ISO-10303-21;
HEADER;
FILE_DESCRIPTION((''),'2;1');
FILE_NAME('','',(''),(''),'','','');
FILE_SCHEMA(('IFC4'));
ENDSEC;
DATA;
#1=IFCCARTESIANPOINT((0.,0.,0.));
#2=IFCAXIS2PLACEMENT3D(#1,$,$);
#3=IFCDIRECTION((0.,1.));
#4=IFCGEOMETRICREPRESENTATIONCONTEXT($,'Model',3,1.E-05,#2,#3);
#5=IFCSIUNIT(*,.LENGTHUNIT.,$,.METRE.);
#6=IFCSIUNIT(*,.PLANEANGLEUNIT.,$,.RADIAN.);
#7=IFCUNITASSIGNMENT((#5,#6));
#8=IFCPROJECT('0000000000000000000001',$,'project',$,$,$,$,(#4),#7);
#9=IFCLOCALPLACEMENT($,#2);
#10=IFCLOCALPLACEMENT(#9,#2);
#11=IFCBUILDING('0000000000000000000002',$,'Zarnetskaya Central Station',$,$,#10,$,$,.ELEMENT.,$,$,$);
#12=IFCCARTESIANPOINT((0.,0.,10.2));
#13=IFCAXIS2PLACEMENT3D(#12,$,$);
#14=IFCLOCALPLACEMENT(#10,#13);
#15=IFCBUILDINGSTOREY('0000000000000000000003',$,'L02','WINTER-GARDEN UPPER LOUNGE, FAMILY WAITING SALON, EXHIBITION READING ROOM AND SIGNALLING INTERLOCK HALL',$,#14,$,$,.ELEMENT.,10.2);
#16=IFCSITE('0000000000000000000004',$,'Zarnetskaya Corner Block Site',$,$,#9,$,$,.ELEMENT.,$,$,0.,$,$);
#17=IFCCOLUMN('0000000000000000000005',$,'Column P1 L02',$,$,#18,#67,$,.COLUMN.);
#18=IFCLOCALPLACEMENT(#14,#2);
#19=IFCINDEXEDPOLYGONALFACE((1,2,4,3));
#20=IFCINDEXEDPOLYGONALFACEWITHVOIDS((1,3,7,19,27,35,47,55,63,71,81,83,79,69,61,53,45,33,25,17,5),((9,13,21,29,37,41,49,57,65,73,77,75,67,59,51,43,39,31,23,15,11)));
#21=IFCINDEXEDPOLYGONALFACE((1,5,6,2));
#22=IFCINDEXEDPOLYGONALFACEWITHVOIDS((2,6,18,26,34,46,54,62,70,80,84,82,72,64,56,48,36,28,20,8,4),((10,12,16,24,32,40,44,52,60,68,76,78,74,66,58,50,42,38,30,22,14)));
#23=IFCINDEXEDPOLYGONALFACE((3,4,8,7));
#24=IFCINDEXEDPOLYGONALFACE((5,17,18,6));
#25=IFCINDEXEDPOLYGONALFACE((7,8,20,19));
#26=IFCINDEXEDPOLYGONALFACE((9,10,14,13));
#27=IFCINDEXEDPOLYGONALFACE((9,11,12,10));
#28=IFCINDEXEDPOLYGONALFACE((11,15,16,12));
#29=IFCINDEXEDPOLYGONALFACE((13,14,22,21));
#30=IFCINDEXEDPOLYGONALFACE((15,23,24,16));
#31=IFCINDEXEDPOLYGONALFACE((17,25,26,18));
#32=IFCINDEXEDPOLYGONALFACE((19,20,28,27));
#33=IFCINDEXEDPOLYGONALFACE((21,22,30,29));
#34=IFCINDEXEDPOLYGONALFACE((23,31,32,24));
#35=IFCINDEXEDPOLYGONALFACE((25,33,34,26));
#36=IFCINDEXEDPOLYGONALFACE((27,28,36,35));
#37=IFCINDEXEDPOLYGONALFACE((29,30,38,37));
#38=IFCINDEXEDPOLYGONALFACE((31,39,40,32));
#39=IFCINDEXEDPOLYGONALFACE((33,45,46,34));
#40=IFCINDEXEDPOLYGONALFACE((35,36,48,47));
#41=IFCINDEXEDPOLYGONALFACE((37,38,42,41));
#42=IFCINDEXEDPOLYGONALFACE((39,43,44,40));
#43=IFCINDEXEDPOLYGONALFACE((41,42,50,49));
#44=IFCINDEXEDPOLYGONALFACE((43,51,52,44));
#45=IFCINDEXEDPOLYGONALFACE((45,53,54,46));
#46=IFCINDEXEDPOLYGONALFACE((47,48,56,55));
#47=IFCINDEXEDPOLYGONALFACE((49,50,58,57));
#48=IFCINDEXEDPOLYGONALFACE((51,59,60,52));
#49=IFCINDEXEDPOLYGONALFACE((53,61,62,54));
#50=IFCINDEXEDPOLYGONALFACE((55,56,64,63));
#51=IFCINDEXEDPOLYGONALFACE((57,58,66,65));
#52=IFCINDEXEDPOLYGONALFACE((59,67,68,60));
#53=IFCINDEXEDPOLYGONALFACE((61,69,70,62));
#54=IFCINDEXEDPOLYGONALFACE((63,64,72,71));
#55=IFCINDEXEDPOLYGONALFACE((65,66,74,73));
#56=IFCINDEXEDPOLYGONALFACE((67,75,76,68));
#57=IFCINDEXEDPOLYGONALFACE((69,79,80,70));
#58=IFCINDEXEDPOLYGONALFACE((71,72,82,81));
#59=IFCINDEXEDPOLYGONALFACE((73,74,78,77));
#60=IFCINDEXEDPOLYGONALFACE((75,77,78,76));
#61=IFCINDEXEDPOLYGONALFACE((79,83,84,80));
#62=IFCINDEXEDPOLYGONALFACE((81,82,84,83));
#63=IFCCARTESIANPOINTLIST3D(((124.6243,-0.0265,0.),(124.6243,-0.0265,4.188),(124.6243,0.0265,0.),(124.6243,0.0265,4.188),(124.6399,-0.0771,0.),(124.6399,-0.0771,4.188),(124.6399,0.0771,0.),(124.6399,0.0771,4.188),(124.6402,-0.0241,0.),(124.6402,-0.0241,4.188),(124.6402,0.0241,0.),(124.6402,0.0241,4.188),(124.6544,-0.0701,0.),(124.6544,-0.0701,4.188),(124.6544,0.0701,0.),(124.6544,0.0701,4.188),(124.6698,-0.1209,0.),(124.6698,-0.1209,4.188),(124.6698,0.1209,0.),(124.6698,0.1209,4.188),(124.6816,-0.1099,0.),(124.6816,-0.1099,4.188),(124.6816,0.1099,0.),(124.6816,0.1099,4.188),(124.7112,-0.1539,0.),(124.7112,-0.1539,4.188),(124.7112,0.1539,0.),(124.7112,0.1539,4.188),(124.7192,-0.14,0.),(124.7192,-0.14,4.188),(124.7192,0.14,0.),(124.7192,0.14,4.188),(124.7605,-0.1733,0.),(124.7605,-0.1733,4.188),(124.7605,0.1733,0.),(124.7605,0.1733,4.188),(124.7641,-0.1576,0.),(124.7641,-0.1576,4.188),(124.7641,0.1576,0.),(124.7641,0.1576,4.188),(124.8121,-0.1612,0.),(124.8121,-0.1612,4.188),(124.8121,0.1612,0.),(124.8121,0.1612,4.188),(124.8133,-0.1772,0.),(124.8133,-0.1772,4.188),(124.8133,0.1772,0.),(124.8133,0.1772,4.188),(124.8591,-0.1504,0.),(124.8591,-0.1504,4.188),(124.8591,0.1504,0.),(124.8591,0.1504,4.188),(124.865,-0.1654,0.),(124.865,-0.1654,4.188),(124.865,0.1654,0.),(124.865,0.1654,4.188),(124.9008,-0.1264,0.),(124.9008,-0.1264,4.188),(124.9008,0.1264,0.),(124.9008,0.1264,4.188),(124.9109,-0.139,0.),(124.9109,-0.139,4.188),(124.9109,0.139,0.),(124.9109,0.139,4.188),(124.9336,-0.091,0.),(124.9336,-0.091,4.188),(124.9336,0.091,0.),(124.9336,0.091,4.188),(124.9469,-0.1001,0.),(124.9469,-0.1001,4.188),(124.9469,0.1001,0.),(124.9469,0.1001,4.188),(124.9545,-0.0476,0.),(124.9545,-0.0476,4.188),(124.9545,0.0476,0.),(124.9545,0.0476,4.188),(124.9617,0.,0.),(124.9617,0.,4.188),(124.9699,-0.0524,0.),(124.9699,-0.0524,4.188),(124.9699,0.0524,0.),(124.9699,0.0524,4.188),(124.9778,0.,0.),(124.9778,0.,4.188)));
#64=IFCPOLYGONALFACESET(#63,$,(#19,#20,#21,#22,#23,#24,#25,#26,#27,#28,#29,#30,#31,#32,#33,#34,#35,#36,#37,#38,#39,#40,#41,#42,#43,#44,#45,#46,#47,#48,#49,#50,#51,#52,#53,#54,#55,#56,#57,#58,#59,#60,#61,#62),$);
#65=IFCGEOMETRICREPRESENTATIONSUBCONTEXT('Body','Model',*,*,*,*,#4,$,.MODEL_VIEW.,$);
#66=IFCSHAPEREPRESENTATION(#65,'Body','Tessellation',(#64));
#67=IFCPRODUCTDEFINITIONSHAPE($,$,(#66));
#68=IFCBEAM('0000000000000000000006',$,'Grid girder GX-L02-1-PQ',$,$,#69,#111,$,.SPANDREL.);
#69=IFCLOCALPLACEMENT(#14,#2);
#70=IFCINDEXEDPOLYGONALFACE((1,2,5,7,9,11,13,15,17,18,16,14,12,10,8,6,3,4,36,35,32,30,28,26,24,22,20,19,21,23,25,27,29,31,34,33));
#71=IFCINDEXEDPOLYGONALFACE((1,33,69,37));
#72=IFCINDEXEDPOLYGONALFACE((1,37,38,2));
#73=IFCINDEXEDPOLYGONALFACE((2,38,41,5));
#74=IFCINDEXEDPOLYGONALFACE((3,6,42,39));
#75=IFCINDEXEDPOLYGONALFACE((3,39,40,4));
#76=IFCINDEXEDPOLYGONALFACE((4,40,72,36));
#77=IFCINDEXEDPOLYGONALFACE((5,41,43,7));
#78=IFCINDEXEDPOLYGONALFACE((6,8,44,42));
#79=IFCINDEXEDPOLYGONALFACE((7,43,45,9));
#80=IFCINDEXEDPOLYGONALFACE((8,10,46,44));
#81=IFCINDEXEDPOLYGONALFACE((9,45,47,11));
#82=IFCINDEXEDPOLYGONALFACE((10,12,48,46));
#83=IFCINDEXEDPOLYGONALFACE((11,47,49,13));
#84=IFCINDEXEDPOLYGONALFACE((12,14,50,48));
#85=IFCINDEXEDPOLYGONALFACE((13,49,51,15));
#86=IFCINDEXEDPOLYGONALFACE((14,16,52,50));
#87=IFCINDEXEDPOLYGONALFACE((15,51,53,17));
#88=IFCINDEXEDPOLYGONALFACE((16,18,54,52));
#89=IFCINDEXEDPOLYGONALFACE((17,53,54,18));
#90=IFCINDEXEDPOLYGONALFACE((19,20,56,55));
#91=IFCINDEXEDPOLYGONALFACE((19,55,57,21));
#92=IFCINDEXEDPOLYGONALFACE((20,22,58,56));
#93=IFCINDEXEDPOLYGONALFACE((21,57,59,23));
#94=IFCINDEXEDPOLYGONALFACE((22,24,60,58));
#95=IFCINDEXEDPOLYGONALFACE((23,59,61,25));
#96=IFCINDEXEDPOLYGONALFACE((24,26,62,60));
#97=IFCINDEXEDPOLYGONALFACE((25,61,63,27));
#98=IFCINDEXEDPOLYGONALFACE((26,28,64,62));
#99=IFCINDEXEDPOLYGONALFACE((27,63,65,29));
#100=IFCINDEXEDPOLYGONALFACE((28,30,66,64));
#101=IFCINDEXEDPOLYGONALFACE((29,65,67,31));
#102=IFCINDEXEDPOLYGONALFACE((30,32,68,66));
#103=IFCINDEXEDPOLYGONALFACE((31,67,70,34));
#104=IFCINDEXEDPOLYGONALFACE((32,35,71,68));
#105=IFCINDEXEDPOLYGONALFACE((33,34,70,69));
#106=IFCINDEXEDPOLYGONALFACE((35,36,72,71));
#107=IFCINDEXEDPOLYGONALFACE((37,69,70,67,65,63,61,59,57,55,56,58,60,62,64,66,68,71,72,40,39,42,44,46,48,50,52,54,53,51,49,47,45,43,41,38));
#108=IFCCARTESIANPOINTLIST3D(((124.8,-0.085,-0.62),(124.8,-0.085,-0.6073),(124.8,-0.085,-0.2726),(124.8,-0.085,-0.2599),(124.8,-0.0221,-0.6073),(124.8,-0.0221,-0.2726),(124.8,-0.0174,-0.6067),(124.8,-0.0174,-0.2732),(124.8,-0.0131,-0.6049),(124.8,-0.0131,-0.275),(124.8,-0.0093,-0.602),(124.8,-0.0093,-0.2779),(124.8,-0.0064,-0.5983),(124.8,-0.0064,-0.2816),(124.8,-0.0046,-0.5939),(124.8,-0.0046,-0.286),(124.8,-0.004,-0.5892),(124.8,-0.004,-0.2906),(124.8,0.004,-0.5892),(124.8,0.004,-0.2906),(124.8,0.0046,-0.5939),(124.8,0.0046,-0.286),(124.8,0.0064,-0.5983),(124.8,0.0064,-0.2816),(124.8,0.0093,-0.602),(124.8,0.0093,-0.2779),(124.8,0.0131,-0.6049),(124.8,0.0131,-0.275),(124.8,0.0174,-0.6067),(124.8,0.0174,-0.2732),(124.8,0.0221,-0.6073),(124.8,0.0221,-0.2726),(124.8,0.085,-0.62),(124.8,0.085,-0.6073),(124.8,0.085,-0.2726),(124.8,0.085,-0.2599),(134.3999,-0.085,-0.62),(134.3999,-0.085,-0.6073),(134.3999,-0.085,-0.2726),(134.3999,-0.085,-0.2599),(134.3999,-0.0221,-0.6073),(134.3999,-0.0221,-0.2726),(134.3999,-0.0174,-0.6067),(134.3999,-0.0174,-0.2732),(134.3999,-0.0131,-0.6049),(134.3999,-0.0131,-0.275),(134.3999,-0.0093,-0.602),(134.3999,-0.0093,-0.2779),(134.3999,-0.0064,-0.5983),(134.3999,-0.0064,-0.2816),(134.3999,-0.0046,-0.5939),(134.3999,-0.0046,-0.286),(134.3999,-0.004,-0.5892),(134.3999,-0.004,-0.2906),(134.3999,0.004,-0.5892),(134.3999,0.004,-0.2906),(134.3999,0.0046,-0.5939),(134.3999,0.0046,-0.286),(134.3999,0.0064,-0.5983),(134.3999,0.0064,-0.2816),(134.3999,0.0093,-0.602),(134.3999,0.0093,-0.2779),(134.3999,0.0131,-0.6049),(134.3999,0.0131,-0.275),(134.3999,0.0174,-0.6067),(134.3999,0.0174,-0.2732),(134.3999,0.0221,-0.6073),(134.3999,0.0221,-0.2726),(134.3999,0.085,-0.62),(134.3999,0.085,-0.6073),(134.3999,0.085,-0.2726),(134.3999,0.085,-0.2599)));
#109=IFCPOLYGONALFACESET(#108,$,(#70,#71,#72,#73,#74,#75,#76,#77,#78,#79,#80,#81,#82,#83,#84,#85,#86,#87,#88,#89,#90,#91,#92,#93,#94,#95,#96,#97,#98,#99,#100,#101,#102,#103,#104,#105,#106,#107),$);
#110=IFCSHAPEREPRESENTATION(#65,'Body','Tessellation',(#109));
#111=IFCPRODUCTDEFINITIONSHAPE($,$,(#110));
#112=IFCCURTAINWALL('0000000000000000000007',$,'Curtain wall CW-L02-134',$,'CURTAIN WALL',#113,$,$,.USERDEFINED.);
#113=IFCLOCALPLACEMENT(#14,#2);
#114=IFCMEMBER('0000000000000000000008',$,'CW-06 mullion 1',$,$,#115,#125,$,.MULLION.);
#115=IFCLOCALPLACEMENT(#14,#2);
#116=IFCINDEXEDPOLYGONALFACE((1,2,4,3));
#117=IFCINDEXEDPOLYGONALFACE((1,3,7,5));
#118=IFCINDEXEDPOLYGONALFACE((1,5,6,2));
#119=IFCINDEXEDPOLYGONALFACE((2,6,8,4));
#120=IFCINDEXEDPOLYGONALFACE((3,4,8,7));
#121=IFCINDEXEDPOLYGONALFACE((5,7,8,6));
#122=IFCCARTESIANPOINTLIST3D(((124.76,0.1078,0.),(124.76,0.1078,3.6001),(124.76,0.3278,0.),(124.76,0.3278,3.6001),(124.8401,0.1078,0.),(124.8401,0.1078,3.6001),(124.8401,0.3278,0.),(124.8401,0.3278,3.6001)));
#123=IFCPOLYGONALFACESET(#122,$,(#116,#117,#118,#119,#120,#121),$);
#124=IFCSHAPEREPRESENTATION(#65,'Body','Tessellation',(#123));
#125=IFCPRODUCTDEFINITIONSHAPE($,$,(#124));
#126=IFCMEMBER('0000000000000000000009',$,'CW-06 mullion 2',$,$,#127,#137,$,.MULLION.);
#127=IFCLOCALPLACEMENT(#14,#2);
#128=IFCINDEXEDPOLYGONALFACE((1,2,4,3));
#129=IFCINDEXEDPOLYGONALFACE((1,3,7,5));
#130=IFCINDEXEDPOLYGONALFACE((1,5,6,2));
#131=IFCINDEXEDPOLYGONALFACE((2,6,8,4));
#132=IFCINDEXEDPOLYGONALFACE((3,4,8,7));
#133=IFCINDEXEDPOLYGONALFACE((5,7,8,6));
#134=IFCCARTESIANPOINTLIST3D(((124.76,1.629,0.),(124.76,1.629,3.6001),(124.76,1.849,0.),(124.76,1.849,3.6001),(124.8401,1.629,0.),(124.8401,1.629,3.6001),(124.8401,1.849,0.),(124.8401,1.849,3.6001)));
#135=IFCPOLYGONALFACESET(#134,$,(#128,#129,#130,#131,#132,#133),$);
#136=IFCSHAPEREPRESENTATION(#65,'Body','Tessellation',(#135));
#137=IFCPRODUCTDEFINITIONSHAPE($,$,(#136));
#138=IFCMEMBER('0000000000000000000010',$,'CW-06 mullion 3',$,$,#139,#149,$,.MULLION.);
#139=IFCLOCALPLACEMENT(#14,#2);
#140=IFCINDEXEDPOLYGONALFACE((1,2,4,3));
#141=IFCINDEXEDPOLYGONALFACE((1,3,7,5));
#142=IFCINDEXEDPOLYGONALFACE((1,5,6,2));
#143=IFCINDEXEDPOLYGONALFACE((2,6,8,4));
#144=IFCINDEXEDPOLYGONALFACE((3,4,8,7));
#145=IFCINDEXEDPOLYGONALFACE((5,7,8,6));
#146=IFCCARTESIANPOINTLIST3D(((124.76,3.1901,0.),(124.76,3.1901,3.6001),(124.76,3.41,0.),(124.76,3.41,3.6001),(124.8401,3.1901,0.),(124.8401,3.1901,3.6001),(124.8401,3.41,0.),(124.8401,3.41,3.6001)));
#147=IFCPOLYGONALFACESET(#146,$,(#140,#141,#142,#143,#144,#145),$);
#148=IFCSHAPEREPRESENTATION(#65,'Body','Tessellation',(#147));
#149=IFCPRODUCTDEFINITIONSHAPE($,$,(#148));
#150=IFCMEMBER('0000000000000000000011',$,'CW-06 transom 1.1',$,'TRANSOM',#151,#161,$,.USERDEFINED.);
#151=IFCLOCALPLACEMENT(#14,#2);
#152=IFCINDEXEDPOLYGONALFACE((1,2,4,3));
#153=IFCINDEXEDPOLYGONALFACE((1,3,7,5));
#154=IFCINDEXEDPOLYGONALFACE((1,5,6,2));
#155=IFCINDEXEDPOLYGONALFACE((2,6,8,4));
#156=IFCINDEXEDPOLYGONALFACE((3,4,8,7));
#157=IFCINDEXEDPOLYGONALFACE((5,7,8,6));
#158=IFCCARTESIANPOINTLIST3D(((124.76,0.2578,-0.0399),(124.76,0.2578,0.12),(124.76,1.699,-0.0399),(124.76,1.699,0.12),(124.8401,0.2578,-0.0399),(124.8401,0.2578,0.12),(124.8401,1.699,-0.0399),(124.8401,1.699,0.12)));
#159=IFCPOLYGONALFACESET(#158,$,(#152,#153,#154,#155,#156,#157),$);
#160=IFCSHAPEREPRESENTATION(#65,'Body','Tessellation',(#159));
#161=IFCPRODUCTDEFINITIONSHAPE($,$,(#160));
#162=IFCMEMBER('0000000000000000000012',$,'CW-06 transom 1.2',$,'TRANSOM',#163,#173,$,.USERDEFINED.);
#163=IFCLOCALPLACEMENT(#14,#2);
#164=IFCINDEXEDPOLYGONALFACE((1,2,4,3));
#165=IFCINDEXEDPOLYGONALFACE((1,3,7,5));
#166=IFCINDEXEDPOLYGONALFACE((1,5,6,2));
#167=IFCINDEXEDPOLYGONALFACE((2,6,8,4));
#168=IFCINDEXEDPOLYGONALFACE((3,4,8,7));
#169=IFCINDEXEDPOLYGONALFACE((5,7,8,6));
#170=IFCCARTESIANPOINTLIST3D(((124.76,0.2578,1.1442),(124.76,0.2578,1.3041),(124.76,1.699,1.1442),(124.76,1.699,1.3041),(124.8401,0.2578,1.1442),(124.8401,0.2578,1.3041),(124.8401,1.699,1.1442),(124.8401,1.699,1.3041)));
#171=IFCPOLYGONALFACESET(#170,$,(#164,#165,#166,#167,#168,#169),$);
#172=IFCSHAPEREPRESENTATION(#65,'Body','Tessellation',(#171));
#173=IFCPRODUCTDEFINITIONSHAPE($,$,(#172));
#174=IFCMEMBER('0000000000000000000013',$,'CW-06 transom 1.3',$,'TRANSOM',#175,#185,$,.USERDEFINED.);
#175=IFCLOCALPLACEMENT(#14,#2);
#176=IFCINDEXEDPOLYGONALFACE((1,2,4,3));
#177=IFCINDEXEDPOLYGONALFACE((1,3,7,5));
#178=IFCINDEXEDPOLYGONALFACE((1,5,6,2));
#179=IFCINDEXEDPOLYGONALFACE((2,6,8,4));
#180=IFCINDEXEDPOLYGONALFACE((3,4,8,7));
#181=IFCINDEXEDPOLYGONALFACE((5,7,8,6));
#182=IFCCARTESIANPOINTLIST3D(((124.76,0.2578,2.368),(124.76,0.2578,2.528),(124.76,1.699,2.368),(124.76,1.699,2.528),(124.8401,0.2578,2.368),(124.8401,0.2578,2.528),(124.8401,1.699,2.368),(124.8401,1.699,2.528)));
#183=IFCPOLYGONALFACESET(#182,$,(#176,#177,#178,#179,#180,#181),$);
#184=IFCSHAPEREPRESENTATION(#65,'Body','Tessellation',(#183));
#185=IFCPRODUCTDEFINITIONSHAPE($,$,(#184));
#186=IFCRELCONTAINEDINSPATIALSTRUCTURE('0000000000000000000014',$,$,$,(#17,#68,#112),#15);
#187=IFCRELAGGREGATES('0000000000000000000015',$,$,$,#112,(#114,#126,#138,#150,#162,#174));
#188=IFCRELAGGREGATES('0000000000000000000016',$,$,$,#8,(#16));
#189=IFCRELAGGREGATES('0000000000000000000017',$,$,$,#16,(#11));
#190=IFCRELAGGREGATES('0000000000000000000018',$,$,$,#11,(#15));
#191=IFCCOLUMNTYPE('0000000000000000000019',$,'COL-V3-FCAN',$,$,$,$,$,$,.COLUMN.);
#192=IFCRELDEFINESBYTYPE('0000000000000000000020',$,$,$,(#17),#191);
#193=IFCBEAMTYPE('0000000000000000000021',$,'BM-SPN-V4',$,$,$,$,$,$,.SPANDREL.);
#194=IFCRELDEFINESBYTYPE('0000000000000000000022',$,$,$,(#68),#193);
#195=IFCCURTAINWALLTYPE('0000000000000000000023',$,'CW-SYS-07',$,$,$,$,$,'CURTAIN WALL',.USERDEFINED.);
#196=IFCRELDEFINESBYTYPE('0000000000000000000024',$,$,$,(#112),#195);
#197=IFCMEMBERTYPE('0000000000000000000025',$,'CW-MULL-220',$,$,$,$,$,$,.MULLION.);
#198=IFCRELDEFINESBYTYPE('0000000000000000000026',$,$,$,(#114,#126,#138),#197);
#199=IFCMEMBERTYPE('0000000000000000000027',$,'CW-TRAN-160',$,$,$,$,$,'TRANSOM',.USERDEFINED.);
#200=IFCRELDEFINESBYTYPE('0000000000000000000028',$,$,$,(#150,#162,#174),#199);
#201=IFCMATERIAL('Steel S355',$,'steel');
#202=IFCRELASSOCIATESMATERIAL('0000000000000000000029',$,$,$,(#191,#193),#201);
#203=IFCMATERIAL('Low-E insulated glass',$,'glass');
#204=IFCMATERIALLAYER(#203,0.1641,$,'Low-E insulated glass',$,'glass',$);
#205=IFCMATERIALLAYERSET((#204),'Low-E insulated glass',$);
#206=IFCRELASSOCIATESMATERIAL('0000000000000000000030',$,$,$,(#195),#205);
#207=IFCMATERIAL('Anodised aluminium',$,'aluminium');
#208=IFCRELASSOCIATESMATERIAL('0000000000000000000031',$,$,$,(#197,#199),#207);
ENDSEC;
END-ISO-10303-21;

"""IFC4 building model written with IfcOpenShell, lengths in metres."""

from ifc_helpers import new_model, si_unit, direction, frame, origin, origin_2d, place, context, subcontext, project, spatial, rectangle, hollow_circle, i_section, extrude, material, layer, layer_set, material_profile, profile_set, type_object, element, aggregate, save


model = new_model("IFC4")

# Units and contexts
model_context = context("Model", 3, precision=1e-05, world=origin(), true_north=direction((0.0, 1.0)))
body_context = subcontext(model_context, "Body", "Model", "MODEL_VIEW")
ifc_project = project(units=[si_unit("LENGTHUNIT", "METRE"), si_unit("PLANEANGLEUNIT", "RADIAN")], contexts=[model_context])

# Site, building, storey
site_placement = place(None, origin())
site = spatial("IfcSite", under=ifc_project, at=site_placement, Name="Zarnetskaya Corner Block Site", CompositionType="ELEMENT", RefElevation=0.0)
building_placement = place(site_placement, origin())
building = spatial("IfcBuilding", under=site, at=building_placement, Name="Zarnetskaya Central Station", CompositionType="ELEMENT")
storey_placement = place(building_placement, frame((0.0, 0.0, 10.2)))
storey = spatial("IfcBuildingStorey", under=building, at=storey_placement, Name="L02", Description="WINTER-GARDEN UPPER LOUNGE, FAMILY WAITING SALON, EXHIBITION READING ROOM AND SIGNALLING INTERLOCK HALL", CompositionType="ELEMENT", Elevation=10.2)

# Column
ifc_material_1 = material(Name="Steel S355", Category="steel")
ifc_material_profile_1 = material_profile(ifc_material_1, hollow_circle(Radius=0.1777, WallThickness=0.0161, at=origin_2d()), Name="CHS 355.6x16")
ifc_profile_set_1 = profile_set([ifc_material_profile_1], Name="Steel S355")
column_type = type_object("IfcColumnType", Name="COL-V3-FCAN", PredefinedType="COLUMN", material=ifc_profile_set_1)
column_placement = place(storey_placement, frame((124.8, 0.0, 0.0), z_axis=(0.0, 0.0, 1.0), x_axis=(1.0, 0.0, 0.0)))
element("IfcColumn", 1, at=column_placement, inside=storey, type_object=column_type, Name="Column P1 L02", PredefinedType="COLUMN", context=body_context, shape_type="SweptSolid", body=[
    extrude(hollow_circle(Radius=0.1777, WallThickness=0.0161, at=origin_2d()), origin(), (0.0, 0.0, 1.0), 4.188),
])

# Beam
ifc_material_profile_2 = material_profile(ifc_material_1, i_section(OverallWidth=0.1699, OverallDepth=0.3601, WebThickness=0.0081, FlangeThickness=0.0127, FilletRadius=0.0181, at=origin_2d()), Name="IPE 360")
ifc_profile_set_2 = profile_set([ifc_material_profile_2], Name="Steel S355")
beam_type_1 = type_object("IfcBeamType", Name="BM-SPN-V4", PredefinedType="SPANDREL", material=ifc_profile_set_2)
beam_1_placement = place(storey_placement, frame((124.8, 0.0, -0.4399), z_axis=(1.0, 0.0, 0.0), x_axis=(0.0, 1.0, 0.0)))
element("IfcBeam", 2, at=beam_1_placement, inside=storey, type_object=beam_type_1, Name="Grid girder GX-L02-1-PQ", PredefinedType="SPANDREL", context=body_context, shape_type="SweptSolid", body=[
    extrude(i_section(OverallWidth=0.1699, OverallDepth=0.3601, WebThickness=0.0081, FlangeThickness=0.0127, FilletRadius=0.0181, at=origin_2d()), origin(), (0.0, 0.0, 1.0), 9.5999),
])

# Curtain wall, members
ifc_material_2 = material(Name="Low-E insulated glass", Category="glass")
ifc_layer_1 = layer(ifc_material_2, 0.1641, Name="Low-E insulated glass", Category="glass")
ifc_layer_set_1 = layer_set([ifc_layer_1], Name="Low-E insulated glass")
curtain_wall_type = type_object("IfcCurtainWallType", Name="CW-SYS-07", ElementType="CURTAIN WALL", PredefinedType="USERDEFINED", material=ifc_layer_set_1)
curtain_wall_placement = place(storey_placement, origin())
curtain_wall = element("IfcCurtainWall", 3, at=curtain_wall_placement, inside=storey, type_object=curtain_wall_type, Name="Curtain wall CW-L02-134", ObjectType="CURTAIN WALL", PredefinedType="USERDEFINED")
ifc_material_3 = material(Name="Anodised aluminium", Category="aluminium")
ifc_material_profile_3 = material_profile(ifc_material_3, rectangle(XDim=0.0801, YDim=0.22, at=origin_2d()), Name="ALU MULL 80x220")
ifc_profile_set_3 = profile_set([ifc_material_profile_3], Name="Anodised aluminium")
member_type_1 = type_object("IfcMemberType", Name="CW-MULL-220", PredefinedType="MULLION", material=ifc_profile_set_3)
member_1_placement = place(storey_placement, frame((124.8, 0.2178, 0.0), z_axis=(0.0, 0.0, 1.0), x_axis=(-1.0, 0.0, 0.0)))
member_1 = element("IfcMember", 4, at=member_1_placement, type_object=member_type_1, Name="CW-06 mullion 1", PredefinedType="MULLION", context=body_context, shape_type="SweptSolid", body=[
    extrude(rectangle(XDim=0.0801, YDim=0.22, at=origin_2d()), origin(), (0.0, 0.0, 1.0), 3.6001),
])
member_2_placement = place(storey_placement, frame((124.8, 1.739, 0.0), z_axis=(0.0, 0.0, 1.0), x_axis=(-1.0, 0.0, 0.0)))
member_2 = element("IfcMember", 5, at=member_2_placement, type_object=member_type_1, Name="CW-06 mullion 2", PredefinedType="MULLION", context=body_context, shape_type="SweptSolid", body=[
    extrude(rectangle(XDim=0.0801, YDim=0.22, at=origin_2d()), origin(), (0.0, 0.0, 1.0), 3.6001),
])
member_3_placement = place(storey_placement, frame((124.8, 3.3, 0.0), z_axis=(0.0, 0.0, 1.0), x_axis=(-1.0, 0.0, 0.0)))
member_3 = element("IfcMember", 6, at=member_3_placement, type_object=member_type_1, Name="CW-06 mullion 3", PredefinedType="MULLION", context=body_context, shape_type="SweptSolid", body=[
    extrude(rectangle(XDim=0.0801, YDim=0.22, at=origin_2d()), origin(), (0.0, 0.0, 1.0), 3.6001),
])
ifc_material_profile_4 = material_profile(ifc_material_3, rectangle(XDim=0.0801, YDim=0.1599, at=origin_2d()), Name="ALU TRAN 80x160")
ifc_profile_set_4 = profile_set([ifc_material_profile_4], Name="Anodised aluminium")
member_type_2 = type_object("IfcMemberType", Name="CW-TRAN-160", ElementType="TRANSOM", PredefinedType="USERDEFINED", material=ifc_profile_set_4)
member_4_placement = place(storey_placement, frame((124.8, 0.2578, 0.04), z_axis=(0.0, 1.0, 0.0), x_axis=(-1.0, 0.0, 0.0)))
member_4 = element("IfcMember", 7, at=member_4_placement, type_object=member_type_2, Name="CW-06 transom 1.1", ObjectType="TRANSOM", PredefinedType="USERDEFINED", context=body_context, shape_type="SweptSolid", body=[
    extrude(rectangle(XDim=0.0801, YDim=0.1599, at=origin_2d()), origin(), (0.0, 0.0, 1.0), 1.4412),
])
member_5_placement = place(storey_placement, frame((124.8, 0.2578, 1.2241), z_axis=(0.0, 1.0, 0.0), x_axis=(-1.0, 0.0, 0.0)))
member_5 = element("IfcMember", 8, at=member_5_placement, type_object=member_type_2, Name="CW-06 transom 1.2", ObjectType="TRANSOM", PredefinedType="USERDEFINED", context=body_context, shape_type="SweptSolid", body=[
    extrude(rectangle(XDim=0.0801, YDim=0.1599, at=origin_2d()), origin(), (0.0, 0.0, 1.0), 1.4412),
])
member_6_placement = place(storey_placement, frame((124.8, 0.2578, 2.448), z_axis=(0.0, 1.0, 0.0), x_axis=(-1.0, 0.0, 0.0)))
member_6 = element("IfcMember", 9, at=member_6_placement, type_object=member_type_2, Name="CW-06 transom 1.3", ObjectType="TRANSOM", PredefinedType="USERDEFINED", context=body_context, shape_type="SweptSolid", body=[
    extrude(rectangle(XDim=0.0801, YDim=0.1599, at=origin_2d()), origin(), (0.0, 0.0, 1.0), 1.4412),
])

aggregate(curtain_wall, [member_1, member_2, member_3, member_4, member_5, member_6])

save(model, "model.ifc")
